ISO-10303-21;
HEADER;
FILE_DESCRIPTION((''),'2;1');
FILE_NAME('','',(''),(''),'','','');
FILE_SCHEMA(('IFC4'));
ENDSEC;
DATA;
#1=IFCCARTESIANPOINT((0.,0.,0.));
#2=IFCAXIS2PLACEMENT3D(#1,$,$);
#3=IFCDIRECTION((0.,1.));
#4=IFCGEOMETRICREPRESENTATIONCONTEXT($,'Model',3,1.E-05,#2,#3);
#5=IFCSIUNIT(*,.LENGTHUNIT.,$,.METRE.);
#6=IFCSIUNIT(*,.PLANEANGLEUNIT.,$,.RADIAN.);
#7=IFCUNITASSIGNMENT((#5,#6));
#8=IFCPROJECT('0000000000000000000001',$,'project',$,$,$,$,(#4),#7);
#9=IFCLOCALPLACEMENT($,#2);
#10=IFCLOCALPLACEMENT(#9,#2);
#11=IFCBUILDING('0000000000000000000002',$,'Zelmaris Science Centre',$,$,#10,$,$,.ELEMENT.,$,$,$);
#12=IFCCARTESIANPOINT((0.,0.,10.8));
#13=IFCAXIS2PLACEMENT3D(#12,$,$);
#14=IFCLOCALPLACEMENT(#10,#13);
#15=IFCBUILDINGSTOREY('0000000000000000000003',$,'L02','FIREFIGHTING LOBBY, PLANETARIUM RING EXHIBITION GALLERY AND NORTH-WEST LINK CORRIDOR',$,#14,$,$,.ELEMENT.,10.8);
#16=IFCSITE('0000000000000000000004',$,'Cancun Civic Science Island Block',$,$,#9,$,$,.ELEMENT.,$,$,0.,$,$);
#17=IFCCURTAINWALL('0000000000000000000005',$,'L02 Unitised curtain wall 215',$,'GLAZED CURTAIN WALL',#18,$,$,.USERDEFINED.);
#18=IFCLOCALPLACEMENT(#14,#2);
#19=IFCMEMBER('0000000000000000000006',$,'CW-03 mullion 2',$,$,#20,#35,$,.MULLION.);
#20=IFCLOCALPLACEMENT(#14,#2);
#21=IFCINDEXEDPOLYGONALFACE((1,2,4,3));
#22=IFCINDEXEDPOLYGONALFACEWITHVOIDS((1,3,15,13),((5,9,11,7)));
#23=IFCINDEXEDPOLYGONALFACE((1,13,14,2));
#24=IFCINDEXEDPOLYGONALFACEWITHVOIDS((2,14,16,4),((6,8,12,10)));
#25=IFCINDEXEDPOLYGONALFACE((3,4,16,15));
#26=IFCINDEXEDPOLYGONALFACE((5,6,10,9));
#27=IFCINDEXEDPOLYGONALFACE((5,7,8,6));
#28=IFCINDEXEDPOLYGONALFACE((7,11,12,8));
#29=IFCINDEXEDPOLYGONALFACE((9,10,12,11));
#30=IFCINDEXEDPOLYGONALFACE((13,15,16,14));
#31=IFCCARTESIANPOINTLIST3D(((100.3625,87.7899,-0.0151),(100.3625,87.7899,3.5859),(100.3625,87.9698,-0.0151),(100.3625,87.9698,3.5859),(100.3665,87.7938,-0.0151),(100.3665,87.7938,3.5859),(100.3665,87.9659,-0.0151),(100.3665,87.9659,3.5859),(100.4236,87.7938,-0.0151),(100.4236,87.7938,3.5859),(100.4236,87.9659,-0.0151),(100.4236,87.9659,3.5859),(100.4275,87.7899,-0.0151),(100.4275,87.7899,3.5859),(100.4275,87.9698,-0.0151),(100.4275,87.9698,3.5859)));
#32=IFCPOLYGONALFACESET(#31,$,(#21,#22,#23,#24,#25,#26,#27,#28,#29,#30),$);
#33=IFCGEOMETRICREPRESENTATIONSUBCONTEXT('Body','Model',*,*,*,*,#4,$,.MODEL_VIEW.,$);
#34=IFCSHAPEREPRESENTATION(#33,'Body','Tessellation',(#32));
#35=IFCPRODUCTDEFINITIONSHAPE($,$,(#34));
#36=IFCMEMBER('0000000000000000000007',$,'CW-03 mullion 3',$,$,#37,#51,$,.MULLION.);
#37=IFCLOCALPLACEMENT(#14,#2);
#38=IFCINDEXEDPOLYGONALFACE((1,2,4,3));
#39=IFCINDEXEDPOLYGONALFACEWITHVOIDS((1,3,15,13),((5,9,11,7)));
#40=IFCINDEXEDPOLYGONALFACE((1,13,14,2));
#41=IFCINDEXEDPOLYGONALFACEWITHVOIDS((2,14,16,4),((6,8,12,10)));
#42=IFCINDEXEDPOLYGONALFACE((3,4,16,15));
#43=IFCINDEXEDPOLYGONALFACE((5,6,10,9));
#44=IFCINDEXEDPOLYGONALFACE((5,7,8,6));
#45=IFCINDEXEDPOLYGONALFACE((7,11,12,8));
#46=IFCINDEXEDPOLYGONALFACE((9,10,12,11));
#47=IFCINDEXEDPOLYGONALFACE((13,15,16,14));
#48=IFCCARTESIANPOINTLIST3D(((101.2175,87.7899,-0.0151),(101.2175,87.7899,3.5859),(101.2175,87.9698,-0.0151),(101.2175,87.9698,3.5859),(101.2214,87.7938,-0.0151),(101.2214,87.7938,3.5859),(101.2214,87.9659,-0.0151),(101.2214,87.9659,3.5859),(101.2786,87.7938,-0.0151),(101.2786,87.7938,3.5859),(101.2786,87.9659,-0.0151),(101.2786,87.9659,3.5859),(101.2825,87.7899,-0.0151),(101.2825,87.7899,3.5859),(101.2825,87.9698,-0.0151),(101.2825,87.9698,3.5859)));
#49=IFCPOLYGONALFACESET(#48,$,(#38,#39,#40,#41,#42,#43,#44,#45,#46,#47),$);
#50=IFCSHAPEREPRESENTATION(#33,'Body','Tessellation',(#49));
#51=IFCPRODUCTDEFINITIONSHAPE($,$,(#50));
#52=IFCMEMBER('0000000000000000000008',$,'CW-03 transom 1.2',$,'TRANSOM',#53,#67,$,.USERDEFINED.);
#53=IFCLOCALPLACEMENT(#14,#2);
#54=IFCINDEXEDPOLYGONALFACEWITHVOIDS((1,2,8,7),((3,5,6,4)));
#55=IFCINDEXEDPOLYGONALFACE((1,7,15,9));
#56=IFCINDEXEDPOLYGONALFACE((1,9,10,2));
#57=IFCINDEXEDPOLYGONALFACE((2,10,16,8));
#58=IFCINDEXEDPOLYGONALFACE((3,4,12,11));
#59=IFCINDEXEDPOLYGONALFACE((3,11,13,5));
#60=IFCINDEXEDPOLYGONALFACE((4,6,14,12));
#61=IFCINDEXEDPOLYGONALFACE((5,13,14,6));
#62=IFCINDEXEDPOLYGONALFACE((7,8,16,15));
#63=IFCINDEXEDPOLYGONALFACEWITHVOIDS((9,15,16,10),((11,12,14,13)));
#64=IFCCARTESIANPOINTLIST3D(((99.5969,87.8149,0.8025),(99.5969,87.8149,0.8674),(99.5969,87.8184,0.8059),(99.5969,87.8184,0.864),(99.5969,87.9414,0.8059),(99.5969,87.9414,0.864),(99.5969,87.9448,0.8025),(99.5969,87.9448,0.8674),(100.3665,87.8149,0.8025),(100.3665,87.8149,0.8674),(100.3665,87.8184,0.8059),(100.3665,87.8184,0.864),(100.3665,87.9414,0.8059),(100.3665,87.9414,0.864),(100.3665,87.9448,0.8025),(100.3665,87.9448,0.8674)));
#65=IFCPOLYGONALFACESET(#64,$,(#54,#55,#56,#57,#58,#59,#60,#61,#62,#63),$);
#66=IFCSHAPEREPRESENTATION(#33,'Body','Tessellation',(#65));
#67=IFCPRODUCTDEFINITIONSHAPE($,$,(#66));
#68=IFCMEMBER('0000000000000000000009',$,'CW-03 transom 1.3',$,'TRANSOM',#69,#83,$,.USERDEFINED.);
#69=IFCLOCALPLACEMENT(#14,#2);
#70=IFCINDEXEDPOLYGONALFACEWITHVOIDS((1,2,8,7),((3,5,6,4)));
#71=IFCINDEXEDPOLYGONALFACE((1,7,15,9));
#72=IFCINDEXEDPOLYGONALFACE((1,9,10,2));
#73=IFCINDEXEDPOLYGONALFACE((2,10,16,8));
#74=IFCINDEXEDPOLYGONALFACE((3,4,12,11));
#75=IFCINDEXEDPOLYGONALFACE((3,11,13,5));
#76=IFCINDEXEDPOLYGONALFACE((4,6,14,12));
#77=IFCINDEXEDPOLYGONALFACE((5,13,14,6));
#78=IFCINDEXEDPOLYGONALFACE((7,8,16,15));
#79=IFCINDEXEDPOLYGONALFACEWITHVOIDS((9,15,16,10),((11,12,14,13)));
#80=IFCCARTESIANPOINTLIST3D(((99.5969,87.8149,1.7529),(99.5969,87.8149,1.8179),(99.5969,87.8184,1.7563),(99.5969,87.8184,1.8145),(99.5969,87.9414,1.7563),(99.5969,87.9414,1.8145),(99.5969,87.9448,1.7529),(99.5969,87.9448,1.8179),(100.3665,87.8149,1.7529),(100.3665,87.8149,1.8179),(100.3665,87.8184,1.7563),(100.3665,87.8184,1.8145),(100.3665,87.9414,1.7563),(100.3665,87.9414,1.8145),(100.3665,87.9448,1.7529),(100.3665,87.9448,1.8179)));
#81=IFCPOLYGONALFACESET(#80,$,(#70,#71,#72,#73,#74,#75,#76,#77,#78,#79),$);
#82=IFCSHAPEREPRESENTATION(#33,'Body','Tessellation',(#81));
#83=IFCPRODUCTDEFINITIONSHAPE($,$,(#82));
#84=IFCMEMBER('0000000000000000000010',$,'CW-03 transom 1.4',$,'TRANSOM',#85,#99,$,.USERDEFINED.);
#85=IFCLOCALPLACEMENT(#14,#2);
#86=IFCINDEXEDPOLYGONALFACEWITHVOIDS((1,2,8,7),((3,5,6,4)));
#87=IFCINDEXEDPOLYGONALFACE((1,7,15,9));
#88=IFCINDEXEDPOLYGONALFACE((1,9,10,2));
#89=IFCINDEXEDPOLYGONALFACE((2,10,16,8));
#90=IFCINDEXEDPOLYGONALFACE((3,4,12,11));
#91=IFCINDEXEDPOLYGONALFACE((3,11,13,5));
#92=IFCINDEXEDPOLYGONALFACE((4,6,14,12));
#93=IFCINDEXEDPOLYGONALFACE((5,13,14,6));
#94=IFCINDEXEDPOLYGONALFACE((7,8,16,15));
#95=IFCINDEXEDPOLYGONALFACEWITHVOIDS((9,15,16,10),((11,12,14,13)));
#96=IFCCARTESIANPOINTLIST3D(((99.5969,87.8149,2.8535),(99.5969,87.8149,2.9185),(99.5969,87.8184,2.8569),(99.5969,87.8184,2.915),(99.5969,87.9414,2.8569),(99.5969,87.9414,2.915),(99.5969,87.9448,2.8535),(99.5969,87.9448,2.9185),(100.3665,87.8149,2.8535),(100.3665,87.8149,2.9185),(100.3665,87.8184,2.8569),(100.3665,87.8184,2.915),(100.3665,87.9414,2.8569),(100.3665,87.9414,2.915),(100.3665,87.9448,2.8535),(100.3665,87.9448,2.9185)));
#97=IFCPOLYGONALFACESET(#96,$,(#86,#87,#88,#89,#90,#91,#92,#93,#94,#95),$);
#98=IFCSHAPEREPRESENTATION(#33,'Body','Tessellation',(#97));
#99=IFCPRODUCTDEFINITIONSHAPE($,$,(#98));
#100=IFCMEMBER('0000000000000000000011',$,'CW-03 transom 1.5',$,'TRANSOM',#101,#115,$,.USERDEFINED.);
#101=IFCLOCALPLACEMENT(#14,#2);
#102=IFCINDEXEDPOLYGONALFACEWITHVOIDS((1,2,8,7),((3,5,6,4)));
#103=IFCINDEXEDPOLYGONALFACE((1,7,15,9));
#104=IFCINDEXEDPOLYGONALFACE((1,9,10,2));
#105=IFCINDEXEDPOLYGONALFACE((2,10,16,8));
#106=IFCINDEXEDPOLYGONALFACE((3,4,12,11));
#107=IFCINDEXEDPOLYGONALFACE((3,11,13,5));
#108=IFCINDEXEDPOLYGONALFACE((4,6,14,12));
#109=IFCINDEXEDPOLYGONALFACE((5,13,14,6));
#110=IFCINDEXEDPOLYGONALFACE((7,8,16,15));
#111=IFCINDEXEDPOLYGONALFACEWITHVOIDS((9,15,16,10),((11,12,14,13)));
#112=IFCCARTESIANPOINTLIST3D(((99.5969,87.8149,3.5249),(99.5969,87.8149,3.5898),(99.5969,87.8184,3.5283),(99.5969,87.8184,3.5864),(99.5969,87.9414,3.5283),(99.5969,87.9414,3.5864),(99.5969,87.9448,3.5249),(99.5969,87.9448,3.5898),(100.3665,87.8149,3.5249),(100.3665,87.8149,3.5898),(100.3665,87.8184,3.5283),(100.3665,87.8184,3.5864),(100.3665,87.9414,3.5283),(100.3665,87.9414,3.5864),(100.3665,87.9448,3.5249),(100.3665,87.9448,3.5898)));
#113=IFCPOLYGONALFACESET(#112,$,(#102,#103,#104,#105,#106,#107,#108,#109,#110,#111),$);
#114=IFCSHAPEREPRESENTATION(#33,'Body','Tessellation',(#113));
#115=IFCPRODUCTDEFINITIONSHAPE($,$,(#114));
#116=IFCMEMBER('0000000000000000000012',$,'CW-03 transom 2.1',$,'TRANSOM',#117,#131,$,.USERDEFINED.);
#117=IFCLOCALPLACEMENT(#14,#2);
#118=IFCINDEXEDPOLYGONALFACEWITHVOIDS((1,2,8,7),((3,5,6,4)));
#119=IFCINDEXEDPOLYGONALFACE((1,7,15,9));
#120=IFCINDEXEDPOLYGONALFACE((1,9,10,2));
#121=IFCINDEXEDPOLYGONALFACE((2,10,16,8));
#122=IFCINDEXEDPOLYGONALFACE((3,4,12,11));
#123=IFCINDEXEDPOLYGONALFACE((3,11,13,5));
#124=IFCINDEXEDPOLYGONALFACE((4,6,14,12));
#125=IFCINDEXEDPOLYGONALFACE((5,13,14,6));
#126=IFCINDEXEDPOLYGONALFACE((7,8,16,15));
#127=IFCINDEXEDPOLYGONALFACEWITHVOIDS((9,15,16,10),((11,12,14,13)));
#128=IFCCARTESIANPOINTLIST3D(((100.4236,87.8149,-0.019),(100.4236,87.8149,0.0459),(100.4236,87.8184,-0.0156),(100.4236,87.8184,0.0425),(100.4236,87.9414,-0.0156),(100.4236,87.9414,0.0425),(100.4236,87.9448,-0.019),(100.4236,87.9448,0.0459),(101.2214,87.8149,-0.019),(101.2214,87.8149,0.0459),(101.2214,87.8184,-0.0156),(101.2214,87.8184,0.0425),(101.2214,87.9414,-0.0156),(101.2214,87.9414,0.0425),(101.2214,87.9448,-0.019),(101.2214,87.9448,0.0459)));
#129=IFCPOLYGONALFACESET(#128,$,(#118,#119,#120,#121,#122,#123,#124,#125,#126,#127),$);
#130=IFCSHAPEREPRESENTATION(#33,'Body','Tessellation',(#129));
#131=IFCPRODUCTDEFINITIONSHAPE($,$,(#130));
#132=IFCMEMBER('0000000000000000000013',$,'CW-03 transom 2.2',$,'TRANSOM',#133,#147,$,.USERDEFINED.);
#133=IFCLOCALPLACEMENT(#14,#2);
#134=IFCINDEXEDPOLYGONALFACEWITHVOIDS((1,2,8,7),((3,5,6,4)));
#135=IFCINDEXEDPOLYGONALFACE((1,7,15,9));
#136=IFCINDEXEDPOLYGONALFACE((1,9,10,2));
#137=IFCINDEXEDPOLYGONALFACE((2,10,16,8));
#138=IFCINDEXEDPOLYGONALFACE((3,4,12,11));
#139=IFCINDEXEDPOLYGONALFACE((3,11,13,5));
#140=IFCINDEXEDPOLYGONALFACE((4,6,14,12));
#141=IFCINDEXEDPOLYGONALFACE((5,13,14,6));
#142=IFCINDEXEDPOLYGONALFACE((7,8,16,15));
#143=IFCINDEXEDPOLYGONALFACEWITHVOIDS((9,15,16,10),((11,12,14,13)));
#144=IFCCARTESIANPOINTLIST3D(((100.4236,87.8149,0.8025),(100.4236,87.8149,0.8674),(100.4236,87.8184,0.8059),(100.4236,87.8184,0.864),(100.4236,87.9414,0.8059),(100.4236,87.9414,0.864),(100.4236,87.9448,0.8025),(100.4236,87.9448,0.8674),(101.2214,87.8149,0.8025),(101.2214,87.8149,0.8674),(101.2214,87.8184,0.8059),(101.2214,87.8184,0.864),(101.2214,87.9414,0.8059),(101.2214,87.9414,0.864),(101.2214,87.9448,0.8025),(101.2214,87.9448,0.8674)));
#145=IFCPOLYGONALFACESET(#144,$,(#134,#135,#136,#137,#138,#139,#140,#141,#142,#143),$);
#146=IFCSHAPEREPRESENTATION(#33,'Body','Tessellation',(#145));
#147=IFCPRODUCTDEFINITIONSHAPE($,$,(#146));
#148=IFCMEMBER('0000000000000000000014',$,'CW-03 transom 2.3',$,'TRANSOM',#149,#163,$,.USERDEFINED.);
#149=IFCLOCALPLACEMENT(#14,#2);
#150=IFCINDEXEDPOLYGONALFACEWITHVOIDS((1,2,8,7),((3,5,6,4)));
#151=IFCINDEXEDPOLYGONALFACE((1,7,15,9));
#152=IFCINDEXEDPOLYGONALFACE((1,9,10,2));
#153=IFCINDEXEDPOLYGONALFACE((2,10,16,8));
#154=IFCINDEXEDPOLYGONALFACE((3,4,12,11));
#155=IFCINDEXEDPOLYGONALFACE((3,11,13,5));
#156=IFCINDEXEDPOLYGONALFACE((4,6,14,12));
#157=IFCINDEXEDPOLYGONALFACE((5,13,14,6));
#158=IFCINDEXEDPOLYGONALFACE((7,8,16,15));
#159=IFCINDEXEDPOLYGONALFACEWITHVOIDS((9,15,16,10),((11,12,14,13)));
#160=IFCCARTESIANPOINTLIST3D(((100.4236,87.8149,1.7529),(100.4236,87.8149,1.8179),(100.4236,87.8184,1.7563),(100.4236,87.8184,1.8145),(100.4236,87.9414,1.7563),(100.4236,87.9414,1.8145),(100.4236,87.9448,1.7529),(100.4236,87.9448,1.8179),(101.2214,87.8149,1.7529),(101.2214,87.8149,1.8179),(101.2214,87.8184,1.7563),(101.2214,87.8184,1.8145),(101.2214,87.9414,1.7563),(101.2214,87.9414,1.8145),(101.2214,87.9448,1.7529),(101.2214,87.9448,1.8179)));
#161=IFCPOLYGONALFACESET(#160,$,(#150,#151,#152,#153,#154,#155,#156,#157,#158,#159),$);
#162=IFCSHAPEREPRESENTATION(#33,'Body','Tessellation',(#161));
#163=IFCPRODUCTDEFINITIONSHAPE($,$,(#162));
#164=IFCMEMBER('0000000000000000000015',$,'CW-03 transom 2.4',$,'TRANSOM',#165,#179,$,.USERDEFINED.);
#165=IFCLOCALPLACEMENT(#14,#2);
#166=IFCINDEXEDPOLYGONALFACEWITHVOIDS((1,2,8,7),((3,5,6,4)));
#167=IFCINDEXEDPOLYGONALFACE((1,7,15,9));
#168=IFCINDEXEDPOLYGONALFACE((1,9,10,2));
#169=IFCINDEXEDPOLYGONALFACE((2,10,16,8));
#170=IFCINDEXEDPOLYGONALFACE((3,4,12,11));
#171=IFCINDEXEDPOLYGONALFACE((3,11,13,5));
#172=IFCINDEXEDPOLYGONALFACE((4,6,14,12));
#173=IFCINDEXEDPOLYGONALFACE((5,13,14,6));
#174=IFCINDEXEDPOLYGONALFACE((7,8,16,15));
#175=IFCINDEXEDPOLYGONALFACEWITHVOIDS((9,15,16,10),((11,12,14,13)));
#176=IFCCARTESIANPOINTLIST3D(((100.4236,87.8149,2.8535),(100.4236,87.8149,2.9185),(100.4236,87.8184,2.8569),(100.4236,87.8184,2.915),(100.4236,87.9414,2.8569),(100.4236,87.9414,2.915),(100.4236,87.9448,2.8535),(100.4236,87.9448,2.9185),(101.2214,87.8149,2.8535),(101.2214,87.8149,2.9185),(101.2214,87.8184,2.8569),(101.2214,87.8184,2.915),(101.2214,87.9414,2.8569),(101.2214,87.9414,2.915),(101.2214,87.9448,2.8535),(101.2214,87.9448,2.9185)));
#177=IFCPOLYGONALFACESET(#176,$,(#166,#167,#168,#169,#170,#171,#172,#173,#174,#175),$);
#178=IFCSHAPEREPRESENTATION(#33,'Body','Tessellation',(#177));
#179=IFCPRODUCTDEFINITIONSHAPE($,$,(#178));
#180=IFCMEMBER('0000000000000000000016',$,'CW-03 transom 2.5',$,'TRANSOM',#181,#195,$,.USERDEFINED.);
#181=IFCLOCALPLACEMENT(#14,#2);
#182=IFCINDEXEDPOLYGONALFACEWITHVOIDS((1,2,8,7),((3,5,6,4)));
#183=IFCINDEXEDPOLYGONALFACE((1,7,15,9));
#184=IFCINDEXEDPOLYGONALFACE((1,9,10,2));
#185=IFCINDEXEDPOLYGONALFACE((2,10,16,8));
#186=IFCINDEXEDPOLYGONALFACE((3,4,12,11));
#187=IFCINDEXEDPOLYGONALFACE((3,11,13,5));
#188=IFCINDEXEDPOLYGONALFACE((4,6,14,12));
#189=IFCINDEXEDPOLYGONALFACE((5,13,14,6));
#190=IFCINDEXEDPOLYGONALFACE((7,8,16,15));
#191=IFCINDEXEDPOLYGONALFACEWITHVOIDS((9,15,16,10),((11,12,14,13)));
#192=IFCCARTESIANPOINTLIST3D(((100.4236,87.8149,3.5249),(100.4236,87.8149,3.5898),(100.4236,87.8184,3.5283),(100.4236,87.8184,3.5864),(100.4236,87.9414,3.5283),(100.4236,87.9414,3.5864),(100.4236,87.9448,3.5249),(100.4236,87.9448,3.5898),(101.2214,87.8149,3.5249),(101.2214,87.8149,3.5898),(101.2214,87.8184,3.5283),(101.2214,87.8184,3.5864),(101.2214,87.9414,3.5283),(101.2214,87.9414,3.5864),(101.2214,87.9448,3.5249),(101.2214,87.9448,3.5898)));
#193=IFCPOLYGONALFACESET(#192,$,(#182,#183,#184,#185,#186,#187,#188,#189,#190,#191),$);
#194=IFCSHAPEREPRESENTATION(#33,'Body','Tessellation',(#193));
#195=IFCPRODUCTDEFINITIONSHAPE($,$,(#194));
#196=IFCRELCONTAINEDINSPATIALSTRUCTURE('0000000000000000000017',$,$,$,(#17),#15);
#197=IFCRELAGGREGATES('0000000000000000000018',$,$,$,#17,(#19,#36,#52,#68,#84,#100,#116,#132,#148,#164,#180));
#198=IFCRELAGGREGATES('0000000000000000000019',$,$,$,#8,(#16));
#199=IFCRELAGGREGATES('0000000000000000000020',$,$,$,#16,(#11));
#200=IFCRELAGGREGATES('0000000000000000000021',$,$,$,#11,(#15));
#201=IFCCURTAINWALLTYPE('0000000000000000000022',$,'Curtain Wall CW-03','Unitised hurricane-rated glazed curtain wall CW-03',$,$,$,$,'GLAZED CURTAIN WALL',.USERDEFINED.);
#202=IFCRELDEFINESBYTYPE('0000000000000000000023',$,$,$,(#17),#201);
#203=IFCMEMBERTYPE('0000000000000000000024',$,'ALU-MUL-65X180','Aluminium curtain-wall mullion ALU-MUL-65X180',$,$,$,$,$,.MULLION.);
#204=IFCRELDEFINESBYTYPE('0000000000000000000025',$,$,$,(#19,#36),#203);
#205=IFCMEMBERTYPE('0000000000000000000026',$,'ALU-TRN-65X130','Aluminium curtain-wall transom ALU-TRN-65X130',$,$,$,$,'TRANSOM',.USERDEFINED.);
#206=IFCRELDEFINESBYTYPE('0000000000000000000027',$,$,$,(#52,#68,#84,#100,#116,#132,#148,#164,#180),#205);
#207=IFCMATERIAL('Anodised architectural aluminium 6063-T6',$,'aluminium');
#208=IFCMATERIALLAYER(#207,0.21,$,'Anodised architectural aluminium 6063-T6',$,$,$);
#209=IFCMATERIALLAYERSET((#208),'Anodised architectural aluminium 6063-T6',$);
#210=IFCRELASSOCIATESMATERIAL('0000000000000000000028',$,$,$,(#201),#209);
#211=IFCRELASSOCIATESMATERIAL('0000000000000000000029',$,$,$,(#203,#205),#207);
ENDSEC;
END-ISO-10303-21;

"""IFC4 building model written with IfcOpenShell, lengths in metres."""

from ifc_helpers import new_model, si_unit, direction, frame, origin, origin_2d, place, context, subcontext, project, spatial, hollow_rectangle, extrude, material, layer, layer_set, material_profile, profile_set, type_object, element, aggregate, save


model = new_model("IFC4")

# Units and contexts
model_context = context("Model", 3, precision=1e-05, world=origin(), true_north=direction((0.0, 1.0)))
body_context = subcontext(model_context, "Body", "Model", "MODEL_VIEW")
ifc_project = project(units=[si_unit("LENGTHUNIT", "METRE"), si_unit("PLANEANGLEUNIT", "RADIAN")], contexts=[model_context])

# Site, building, storey
site_placement = place(None, origin())
site = spatial("IfcSite", under=ifc_project, at=site_placement, Name="Cancun Civic Science Island Block", CompositionType="ELEMENT", RefElevation=0.0)
building_placement = place(site_placement, origin())
building = spatial("IfcBuilding", under=site, at=building_placement, Name="Zelmaris Science Centre", CompositionType="ELEMENT")
storey_placement = place(building_placement, frame((0.0, 0.0, 10.8)))
storey = spatial("IfcBuildingStorey", under=building, at=storey_placement, Name="L02", Description="FIREFIGHTING LOBBY, PLANETARIUM RING EXHIBITION GALLERY AND NORTH-WEST LINK CORRIDOR", CompositionType="ELEMENT", Elevation=10.8)

# Curtain wall, members
ifc_material_1 = material(Name="Anodised architectural aluminium 6063-T6", Category="aluminium")
ifc_layer_1 = layer(ifc_material_1, 0.21, Name="Anodised architectural aluminium 6063-T6")
ifc_layer_set_1 = layer_set([ifc_layer_1], Name="Anodised architectural aluminium 6063-T6")
curtain_wall_type = type_object("IfcCurtainWallType", Name="Curtain Wall CW-03", Description="Unitised hurricane-rated glazed curtain wall CW-03", ElementType="GLAZED CURTAIN WALL", PredefinedType="USERDEFINED", material=ifc_layer_set_1)
curtain_wall_placement = place(storey_placement, origin())
curtain_wall = element("IfcCurtainWall", 1, at=curtain_wall_placement, inside=storey, type_object=curtain_wall_type, Name="L02 Unitised curtain wall 215", ObjectType="GLAZED CURTAIN WALL", PredefinedType="USERDEFINED")
ifc_material_profile_1 = material_profile(ifc_material_1, hollow_rectangle(XDim=0.0649, YDim=0.1799, WallThickness=0.0039, at=origin_2d()), Name="ALU-MUL-65X180")
ifc_profile_set_1 = profile_set([ifc_material_profile_1], Name="Anodised architectural aluminium 6063-T6")
member_type_1 = type_object("IfcMemberType", Name="ALU-MUL-65X180", Description="Aluminium curtain-wall mullion ALU-MUL-65X180", PredefinedType="MULLION", material=ifc_profile_set_1)
member_1_placement = place(storey_placement, frame((100.395, 87.8799, -0.0151), z_axis=(0.0, 0.0, 1.0), x_axis=(1.0, 0.0, 0.0)))
member_1 = element("IfcMember", 2, at=member_1_placement, type_object=member_type_1, Name="CW-03 mullion 2", PredefinedType="MULLION", context=body_context, shape_type="SweptSolid", body=[
    extrude(hollow_rectangle(XDim=0.0649, YDim=0.1799, WallThickness=0.0039, at=origin_2d()), origin(), (0.0, 0.0, 1.0), 3.6011),
])
member_2_placement = place(storey_placement, frame((101.25, 87.8799, -0.0151), z_axis=(0.0, 0.0, 1.0), x_axis=(1.0, 0.0, 0.0)))
member_2 = element("IfcMember", 3, at=member_2_placement, type_object=member_type_1, Name="CW-03 mullion 3", PredefinedType="MULLION", context=body_context, shape_type="SweptSolid", body=[
    extrude(hollow_rectangle(XDim=0.0649, YDim=0.1799, WallThickness=0.0039, at=origin_2d()), origin(), (0.0, 0.0, 1.0), 3.6011),
])
ifc_material_profile_2 = material_profile(ifc_material_1, hollow_rectangle(XDim=0.0649, YDim=0.1299, WallThickness=0.0034, at=origin_2d()), Name="ALU-TRN-65X130")
ifc_profile_set_2 = profile_set([ifc_material_profile_2], Name="Anodised architectural aluminium 6063-T6")
member_type_2 = type_object("IfcMemberType", Name="ALU-TRN-65X130", Description="Aluminium curtain-wall transom ALU-TRN-65X130", ElementType="TRANSOM", PredefinedType="USERDEFINED", material=ifc_profile_set_2)
member_3_placement = place(storey_placement, frame((99.5969, 87.8799, 0.835), z_axis=(1.0, 0.0, 0.0), x_axis=(0.0, 0.0, 1.0)))
member_3 = element("IfcMember", 4, at=member_3_placement, type_object=member_type_2, Name="CW-03 transom 1.2", ObjectType="TRANSOM", PredefinedType="USERDEFINED", context=body_context, shape_type="SweptSolid", body=[
    extrude(hollow_rectangle(XDim=0.0649, YDim=0.1299, WallThickness=0.0034, at=origin_2d()), origin(), (0.0, 0.0, 1.0), 0.7695),
])
member_4_placement = place(storey_placement, frame((99.5969, 87.8799, 1.7854), z_axis=(1.0, 0.0, 0.0), x_axis=(0.0, 0.0, 1.0)))
member_4 = element("IfcMember", 5, at=member_4_placement, type_object=member_type_2, Name="CW-03 transom 1.3", ObjectType="TRANSOM", PredefinedType="USERDEFINED", context=body_context, shape_type="SweptSolid", body=[
    extrude(hollow_rectangle(XDim=0.0649, YDim=0.1299, WallThickness=0.0034, at=origin_2d()), origin(), (0.0, 0.0, 1.0), 0.7695),
])
member_5_placement = place(storey_placement, frame((99.5969, 87.8799, 2.886), z_axis=(1.0, 0.0, 0.0), x_axis=(0.0, 0.0, 1.0)))
member_5 = element("IfcMember", 6, at=member_5_placement, type_object=member_type_2, Name="CW-03 transom 1.4", ObjectType="TRANSOM", PredefinedType="USERDEFINED", context=body_context, shape_type="SweptSolid", body=[
    extrude(hollow_rectangle(XDim=0.0649, YDim=0.1299, WallThickness=0.0034, at=origin_2d()), origin(), (0.0, 0.0, 1.0), 0.7695),
])
member_6_placement = place(storey_placement, frame((99.5969, 87.8799, 3.5574), z_axis=(1.0, 0.0, 0.0), x_axis=(0.0, 0.0, 1.0)))
member_6 = element("IfcMember", 7, at=member_6_placement, type_object=member_type_2, Name="CW-03 transom 1.5", ObjectType="TRANSOM", PredefinedType="USERDEFINED", context=body_context, shape_type="SweptSolid", body=[
    extrude(hollow_rectangle(XDim=0.0649, YDim=0.1299, WallThickness=0.0034, at=origin_2d()), origin(), (0.0, 0.0, 1.0), 0.7695),
])
member_7_placement = place(storey_placement, frame((100.4236, 87.8799, 0.0134), z_axis=(1.0, 0.0, 0.0), x_axis=(0.0, 0.0, 1.0)))
member_7 = element("IfcMember", 8, at=member_7_placement, type_object=member_type_2, Name="CW-03 transom 2.1", ObjectType="TRANSOM", PredefinedType="USERDEFINED", context=body_context, shape_type="SweptSolid", body=[
    extrude(hollow_rectangle(XDim=0.0649, YDim=0.1299, WallThickness=0.0034, at=origin_2d()), origin(), (0.0, 0.0, 1.0), 0.7979),
])
member_8_placement = place(storey_placement, frame((100.4236, 87.8799, 0.835), z_axis=(1.0, 0.0, 0.0), x_axis=(0.0, 0.0, 1.0)))
member_8 = element("IfcMember", 9, at=member_8_placement, type_object=member_type_2, Name="CW-03 transom 2.2", ObjectType="TRANSOM", PredefinedType="USERDEFINED", context=body_context, shape_type="SweptSolid", body=[
    extrude(hollow_rectangle(XDim=0.0649, YDim=0.1299, WallThickness=0.0034, at=origin_2d()), origin(), (0.0, 0.0, 1.0), 0.7979),
])
member_9_placement = place(storey_placement, frame((100.4236, 87.8799, 1.7854), z_axis=(1.0, 0.0, 0.0), x_axis=(0.0, 0.0, 1.0)))
member_9 = element("IfcMember", 10, at=member_9_placement, type_object=member_type_2, Name="CW-03 transom 2.3", ObjectType="TRANSOM", PredefinedType="USERDEFINED", context=body_context, shape_type="SweptSolid", body=[
    extrude(hollow_rectangle(XDim=0.0649, YDim=0.1299, WallThickness=0.0034, at=origin_2d()), origin(), (0.0, 0.0, 1.0), 0.7979),
])
member_10_placement = place(storey_placement, frame((100.4236, 87.8799, 2.886), z_axis=(1.0, 0.0, 0.0), x_axis=(0.0, 0.0, 1.0)))
member_10 = element("IfcMember", 11, at=member_10_placement, type_object=member_type_2, Name="CW-03 transom 2.4", ObjectType="TRANSOM", PredefinedType="USERDEFINED", context=body_context, shape_type="SweptSolid", body=[
    extrude(hollow_rectangle(XDim=0.0649, YDim=0.1299, WallThickness=0.0034, at=origin_2d()), origin(), (0.0, 0.0, 1.0), 0.7979),
])
member_11_placement = place(storey_placement, frame((100.4236, 87.8799, 3.5574), z_axis=(1.0, 0.0, 0.0), x_axis=(0.0, 0.0, 1.0)))
member_11 = element("IfcMember", 12, at=member_11_placement, type_object=member_type_2, Name="CW-03 transom 2.5", ObjectType="TRANSOM", PredefinedType="USERDEFINED", context=body_context, shape_type="SweptSolid", body=[
    extrude(hollow_rectangle(XDim=0.0649, YDim=0.1299, WallThickness=0.0034, at=origin_2d()), origin(), (0.0, 0.0, 1.0), 0.7979),
])
aggregate(curtain_wall, [member_1, member_2, member_3, member_4, member_5, member_6, member_7, member_8, member_9, member_10, member_11])

save(model, "model.ifc")
